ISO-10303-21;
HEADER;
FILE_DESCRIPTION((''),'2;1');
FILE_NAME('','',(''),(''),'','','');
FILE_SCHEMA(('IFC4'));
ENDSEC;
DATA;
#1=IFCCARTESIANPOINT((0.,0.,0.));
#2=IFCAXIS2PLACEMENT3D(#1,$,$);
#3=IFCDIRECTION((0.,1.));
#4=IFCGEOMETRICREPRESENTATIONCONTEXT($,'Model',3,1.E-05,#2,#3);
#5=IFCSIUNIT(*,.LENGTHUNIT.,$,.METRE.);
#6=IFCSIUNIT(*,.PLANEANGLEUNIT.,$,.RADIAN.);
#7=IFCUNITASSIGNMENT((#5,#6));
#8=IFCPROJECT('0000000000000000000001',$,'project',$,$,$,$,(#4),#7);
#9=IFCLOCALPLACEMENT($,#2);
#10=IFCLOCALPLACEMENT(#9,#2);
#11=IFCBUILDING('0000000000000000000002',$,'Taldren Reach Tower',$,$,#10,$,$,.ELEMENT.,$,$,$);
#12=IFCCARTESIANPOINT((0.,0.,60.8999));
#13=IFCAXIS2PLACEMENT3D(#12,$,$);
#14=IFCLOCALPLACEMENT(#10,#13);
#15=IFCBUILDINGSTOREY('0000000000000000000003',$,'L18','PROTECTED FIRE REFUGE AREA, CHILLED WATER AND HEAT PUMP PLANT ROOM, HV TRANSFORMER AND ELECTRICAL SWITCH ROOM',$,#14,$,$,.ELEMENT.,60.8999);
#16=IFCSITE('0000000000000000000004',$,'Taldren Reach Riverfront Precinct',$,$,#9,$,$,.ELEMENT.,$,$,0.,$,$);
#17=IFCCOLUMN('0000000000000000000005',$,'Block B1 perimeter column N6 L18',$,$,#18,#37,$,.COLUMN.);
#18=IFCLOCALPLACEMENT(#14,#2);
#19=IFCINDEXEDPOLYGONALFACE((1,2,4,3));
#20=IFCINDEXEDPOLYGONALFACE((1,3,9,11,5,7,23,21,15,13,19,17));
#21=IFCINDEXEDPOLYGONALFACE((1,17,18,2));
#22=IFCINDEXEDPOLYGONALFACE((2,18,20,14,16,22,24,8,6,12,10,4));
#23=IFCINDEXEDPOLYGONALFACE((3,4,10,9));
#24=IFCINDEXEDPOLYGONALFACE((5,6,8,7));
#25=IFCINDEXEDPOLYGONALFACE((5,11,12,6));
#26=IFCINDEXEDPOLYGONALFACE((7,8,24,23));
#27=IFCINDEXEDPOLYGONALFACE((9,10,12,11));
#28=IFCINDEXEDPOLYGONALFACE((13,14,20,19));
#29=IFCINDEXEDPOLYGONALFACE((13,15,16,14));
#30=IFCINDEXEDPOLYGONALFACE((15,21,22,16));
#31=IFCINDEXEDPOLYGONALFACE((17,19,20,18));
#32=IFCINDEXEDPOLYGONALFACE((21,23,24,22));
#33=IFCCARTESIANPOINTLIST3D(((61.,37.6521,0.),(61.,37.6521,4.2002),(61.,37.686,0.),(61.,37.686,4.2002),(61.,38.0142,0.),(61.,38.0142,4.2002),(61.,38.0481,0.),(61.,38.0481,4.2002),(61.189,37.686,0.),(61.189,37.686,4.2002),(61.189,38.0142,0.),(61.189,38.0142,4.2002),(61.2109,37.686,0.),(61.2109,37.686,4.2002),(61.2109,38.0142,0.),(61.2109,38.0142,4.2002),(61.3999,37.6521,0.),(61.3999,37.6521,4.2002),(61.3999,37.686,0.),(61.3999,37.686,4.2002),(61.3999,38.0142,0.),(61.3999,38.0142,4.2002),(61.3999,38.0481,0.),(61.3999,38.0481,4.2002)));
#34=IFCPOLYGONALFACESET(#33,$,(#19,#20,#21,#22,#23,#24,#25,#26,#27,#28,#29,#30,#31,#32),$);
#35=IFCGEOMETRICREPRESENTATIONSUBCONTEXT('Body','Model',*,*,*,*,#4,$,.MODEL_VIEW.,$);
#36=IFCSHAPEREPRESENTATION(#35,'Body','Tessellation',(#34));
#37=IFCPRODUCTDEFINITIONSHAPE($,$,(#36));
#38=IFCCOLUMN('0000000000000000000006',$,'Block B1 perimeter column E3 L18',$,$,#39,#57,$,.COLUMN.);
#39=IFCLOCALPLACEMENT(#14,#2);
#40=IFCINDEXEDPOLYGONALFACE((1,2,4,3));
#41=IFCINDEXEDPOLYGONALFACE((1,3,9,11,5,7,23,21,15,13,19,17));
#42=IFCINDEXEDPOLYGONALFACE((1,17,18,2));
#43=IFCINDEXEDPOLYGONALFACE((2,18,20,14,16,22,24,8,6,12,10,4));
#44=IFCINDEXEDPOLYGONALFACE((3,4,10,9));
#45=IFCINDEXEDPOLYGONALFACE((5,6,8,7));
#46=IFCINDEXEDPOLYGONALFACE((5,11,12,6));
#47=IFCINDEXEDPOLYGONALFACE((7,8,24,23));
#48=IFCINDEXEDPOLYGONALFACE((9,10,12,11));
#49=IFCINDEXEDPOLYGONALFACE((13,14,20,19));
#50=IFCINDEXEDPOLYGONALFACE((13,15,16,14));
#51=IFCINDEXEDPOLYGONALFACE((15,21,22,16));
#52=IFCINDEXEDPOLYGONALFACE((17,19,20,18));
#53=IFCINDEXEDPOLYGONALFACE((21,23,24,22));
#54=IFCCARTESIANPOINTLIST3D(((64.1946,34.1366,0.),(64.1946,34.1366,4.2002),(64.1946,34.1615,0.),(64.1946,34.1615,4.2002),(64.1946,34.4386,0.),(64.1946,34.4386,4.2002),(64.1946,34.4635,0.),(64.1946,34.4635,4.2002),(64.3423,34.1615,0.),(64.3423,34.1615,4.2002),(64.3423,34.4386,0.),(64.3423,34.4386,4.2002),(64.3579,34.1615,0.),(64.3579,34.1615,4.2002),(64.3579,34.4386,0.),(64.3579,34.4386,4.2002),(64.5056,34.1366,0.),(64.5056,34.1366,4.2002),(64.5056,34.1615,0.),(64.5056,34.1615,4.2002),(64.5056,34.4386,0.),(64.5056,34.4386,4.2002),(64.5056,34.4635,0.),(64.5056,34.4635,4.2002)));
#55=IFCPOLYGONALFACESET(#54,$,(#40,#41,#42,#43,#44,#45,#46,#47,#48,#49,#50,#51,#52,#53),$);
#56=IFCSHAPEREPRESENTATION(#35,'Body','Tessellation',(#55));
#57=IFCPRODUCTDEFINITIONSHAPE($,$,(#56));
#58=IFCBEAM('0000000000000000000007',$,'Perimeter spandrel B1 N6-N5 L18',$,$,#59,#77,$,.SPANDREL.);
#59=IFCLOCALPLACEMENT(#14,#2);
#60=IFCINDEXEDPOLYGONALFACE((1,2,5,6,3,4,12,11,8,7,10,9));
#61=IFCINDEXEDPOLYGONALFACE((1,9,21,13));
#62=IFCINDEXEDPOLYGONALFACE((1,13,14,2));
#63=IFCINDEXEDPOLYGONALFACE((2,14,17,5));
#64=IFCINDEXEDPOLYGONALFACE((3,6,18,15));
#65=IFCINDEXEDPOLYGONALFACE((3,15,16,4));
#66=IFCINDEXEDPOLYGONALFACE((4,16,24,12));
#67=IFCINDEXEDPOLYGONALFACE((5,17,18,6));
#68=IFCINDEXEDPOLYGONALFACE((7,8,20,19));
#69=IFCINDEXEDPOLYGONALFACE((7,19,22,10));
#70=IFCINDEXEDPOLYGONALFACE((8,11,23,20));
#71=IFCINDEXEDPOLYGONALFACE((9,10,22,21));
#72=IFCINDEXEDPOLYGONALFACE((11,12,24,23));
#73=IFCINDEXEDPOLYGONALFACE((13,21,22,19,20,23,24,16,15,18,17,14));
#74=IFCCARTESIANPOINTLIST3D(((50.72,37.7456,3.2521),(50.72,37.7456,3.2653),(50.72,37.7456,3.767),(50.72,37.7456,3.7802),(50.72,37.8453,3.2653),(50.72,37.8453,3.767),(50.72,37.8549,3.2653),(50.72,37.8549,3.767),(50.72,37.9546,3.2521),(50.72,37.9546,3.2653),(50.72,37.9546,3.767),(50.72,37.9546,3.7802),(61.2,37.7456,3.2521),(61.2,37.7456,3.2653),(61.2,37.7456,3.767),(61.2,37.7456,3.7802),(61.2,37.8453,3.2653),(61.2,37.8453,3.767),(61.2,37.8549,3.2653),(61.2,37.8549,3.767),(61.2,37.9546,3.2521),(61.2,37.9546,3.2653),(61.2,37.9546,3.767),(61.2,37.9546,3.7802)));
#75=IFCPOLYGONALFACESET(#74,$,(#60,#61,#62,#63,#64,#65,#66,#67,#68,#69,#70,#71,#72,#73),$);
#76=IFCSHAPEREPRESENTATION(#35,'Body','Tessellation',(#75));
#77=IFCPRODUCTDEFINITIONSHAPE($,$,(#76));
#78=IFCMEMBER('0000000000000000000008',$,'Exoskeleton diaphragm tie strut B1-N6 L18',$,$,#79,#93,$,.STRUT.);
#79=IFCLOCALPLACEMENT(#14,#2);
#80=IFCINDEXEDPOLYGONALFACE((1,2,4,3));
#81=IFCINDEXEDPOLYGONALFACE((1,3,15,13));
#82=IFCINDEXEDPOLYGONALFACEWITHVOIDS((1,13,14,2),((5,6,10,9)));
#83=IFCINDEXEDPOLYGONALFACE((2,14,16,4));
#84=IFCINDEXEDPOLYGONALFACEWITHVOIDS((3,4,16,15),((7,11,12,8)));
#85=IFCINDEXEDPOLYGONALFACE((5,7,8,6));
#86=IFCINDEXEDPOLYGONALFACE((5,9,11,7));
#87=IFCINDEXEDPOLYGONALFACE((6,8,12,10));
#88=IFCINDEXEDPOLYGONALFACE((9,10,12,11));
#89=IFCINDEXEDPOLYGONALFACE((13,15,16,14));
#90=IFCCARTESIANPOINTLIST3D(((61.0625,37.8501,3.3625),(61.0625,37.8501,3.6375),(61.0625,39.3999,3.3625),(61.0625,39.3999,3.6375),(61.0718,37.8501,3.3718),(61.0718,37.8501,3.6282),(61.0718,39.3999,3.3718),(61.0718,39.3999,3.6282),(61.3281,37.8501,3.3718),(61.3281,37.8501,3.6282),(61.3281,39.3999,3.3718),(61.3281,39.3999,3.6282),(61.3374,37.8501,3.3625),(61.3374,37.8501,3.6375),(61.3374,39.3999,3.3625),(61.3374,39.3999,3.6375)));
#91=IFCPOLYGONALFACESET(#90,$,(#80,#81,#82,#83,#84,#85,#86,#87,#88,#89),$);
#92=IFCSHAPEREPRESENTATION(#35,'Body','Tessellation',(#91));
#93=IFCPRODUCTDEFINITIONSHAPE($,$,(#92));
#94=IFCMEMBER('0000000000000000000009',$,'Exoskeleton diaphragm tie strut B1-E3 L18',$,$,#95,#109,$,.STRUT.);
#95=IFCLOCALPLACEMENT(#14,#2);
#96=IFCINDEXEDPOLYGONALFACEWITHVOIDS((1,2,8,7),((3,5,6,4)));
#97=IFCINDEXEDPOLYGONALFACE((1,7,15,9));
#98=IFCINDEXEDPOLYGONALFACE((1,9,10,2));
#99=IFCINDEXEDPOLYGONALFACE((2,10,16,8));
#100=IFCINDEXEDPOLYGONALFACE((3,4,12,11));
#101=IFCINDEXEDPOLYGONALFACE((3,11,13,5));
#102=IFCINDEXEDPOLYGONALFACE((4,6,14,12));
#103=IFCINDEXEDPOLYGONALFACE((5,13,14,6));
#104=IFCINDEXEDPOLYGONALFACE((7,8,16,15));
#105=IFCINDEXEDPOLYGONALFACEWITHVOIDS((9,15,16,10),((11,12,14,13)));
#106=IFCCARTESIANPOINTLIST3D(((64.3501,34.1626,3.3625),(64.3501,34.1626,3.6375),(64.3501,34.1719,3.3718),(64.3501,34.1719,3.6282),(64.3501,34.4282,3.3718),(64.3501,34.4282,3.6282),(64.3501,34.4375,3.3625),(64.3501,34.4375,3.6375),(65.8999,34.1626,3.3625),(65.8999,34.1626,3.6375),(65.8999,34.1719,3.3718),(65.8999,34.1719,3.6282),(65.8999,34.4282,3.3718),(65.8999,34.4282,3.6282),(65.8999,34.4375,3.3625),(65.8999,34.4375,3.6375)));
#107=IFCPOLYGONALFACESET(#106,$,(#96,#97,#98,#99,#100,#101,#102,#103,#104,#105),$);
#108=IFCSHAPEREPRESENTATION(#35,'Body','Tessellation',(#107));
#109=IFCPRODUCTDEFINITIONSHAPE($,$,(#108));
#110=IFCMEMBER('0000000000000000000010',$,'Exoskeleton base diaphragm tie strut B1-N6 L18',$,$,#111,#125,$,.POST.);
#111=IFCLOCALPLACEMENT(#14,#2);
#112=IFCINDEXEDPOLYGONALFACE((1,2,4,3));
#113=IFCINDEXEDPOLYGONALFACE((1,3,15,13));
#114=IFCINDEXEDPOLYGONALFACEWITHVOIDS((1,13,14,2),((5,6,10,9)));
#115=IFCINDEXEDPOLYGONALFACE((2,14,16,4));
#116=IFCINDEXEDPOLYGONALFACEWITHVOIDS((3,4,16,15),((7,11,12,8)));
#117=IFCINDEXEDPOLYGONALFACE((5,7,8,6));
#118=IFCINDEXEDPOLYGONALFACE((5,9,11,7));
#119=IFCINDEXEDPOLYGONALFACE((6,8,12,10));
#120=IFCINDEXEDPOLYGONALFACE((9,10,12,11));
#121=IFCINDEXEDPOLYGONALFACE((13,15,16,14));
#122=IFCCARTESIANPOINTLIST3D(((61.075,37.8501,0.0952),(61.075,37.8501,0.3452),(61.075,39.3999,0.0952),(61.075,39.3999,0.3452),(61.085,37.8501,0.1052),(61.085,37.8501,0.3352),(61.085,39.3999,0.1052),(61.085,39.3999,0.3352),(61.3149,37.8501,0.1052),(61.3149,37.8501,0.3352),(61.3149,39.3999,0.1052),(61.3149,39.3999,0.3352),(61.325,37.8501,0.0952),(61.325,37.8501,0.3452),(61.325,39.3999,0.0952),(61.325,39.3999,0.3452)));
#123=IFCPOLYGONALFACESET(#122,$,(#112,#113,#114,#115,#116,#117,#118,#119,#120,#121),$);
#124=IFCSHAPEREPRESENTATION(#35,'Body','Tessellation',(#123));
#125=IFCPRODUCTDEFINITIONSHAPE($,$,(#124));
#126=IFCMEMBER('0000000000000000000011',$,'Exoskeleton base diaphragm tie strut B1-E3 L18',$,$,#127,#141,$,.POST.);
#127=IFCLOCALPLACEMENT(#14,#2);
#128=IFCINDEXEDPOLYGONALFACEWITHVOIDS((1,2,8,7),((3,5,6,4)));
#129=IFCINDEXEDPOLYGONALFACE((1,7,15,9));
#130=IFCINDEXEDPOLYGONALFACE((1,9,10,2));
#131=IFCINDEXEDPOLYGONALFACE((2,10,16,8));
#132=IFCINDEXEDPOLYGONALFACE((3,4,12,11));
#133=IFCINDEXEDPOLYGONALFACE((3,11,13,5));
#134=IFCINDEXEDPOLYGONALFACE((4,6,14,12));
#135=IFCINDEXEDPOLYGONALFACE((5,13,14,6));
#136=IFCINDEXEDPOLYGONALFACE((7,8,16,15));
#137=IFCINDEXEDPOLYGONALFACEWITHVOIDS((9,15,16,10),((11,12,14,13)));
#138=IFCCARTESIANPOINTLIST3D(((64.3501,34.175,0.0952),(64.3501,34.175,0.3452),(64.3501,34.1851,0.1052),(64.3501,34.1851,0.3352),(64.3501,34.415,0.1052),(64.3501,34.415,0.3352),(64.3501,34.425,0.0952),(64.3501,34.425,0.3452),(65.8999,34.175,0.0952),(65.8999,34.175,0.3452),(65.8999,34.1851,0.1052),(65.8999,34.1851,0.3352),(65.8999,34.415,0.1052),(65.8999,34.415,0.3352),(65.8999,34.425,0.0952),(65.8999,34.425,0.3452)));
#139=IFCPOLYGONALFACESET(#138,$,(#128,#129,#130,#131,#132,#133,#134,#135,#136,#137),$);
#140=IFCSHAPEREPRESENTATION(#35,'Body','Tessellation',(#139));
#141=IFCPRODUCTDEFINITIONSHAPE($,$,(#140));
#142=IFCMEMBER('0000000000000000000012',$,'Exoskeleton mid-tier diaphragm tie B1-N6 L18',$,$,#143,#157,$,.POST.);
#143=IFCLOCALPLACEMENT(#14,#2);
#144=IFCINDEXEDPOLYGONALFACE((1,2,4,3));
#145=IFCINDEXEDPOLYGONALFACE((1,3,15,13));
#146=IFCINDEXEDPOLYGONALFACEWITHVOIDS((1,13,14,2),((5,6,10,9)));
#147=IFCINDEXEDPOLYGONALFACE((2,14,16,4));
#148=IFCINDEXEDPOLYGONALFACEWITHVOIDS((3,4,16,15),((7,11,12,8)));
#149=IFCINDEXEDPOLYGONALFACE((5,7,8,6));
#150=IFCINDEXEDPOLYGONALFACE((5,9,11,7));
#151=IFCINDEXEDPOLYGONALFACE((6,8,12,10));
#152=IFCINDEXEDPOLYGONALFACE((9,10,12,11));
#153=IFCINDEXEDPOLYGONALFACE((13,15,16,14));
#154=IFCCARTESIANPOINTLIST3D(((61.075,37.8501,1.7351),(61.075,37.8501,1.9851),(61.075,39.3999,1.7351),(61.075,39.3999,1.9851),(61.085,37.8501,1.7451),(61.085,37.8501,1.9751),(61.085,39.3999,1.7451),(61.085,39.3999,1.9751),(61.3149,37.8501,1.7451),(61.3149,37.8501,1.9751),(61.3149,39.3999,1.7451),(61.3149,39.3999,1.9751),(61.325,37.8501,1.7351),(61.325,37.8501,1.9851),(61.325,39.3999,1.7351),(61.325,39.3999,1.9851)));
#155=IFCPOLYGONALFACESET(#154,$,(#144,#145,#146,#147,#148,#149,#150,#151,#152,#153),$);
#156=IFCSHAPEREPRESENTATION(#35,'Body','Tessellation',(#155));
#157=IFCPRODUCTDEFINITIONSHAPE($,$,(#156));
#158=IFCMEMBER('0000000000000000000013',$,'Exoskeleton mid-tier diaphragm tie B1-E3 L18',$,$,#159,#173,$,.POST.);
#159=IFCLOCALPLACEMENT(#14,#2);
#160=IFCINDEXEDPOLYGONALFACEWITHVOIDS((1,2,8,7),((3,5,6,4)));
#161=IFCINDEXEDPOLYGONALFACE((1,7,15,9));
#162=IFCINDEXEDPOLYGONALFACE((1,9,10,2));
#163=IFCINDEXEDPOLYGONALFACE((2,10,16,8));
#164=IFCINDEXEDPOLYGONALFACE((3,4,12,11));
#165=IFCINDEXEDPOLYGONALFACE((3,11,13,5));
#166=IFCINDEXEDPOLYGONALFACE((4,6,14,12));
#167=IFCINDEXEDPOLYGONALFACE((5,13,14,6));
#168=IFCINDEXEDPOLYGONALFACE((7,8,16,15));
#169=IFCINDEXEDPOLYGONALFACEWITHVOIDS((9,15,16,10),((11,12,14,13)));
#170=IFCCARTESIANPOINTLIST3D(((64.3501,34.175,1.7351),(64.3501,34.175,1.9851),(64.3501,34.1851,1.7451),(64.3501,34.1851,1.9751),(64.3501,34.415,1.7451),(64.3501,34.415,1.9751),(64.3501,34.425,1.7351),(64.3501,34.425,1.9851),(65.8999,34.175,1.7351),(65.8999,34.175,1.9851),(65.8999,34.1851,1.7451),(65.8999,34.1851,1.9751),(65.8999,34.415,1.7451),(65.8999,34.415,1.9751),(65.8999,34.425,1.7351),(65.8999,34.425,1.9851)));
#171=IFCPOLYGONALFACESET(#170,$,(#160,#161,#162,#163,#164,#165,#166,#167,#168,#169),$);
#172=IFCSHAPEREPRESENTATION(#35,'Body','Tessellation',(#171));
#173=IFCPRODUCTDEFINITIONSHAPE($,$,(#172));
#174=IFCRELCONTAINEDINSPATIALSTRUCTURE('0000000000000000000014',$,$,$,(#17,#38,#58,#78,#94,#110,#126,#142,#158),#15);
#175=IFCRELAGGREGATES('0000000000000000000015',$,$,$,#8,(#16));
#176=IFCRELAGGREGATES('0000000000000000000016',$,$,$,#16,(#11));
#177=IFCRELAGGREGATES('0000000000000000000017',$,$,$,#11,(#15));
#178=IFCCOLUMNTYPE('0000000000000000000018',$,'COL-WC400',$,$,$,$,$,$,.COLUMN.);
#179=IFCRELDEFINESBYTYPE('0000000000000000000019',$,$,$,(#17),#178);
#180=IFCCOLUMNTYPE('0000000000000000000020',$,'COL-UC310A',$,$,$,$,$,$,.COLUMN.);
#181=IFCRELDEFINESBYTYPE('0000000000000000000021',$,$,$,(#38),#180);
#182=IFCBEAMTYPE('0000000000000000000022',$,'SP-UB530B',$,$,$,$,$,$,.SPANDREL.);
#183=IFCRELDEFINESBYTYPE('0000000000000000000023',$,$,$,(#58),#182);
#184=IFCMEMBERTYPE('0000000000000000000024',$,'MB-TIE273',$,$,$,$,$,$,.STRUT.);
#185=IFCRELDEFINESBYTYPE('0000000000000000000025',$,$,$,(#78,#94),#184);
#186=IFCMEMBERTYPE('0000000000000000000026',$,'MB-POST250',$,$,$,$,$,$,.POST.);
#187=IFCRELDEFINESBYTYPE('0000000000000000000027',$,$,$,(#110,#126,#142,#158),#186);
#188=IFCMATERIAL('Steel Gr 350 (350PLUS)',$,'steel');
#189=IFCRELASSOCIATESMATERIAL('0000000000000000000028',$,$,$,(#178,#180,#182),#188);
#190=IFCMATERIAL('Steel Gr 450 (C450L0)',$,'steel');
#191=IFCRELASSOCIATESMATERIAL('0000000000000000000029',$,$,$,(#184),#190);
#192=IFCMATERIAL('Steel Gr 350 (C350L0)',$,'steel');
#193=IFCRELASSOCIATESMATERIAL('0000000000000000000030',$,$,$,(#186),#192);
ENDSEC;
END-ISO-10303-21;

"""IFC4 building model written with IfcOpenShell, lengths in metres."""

from ifc_helpers import new_model, si_unit, direction, frame, origin, origin_2d, place, context, subcontext, project, spatial, hollow_rectangle, i_section, extrude, source, transform, mapped, material, material_profile, profile_set, type_object, element, save


model = new_model("IFC4")

# Units and contexts
model_context = context("Model", 3, precision=1e-05, world=origin(), true_north=direction((0.0, 1.0)))
body_context = subcontext(model_context, "Body", "Model", "MODEL_VIEW")
ifc_project = project(units=[si_unit("LENGTHUNIT", "METRE"), si_unit("PLANEANGLEUNIT", "RADIAN")], contexts=[model_context])

# Site, building, storey
site_placement = place(None, origin())
site = spatial("IfcSite", under=ifc_project, at=site_placement, Name="Taldren Reach Riverfront Precinct", CompositionType="ELEMENT", RefElevation=0.0)
building_placement = place(site_placement, origin())
building = spatial("IfcBuilding", under=site, at=building_placement, Name="Taldren Reach Tower", CompositionType="ELEMENT")
storey_placement = place(building_placement, frame((0.0, 0.0, 60.8999)))
storey = spatial("IfcBuildingStorey", under=building, at=storey_placement, Name="L18", Description="PROTECTED FIRE REFUGE AREA, CHILLED WATER AND HEAT PUMP PLANT ROOM, HV TRANSFORMER AND ELECTRICAL SWITCH ROOM", CompositionType="ELEMENT", Elevation=60.8999)

# Columns
ifc_material_1 = material(Name="Steel Gr 350 (350PLUS)", Category="steel")
ifc_material_profile_1 = material_profile(ifc_material_1, i_section(OverallWidth=0.3999, OverallDepth=0.396, WebThickness=0.022, FlangeThickness=0.0339, at=origin_2d()), Name="400WC270")
ifc_profile_set_1 = profile_set([ifc_material_profile_1], Name="Steel Gr 350 (350PLUS)")
column_type_1 = type_object("IfcColumnType", Name="COL-WC400", PredefinedType="COLUMN", material=ifc_profile_set_1)
shared_shape_1 = source(origin(), body_context, "Body", "SweptSolid", [
    extrude(i_section(OverallWidth=0.3999, OverallDepth=0.396, WebThickness=0.022, FlangeThickness=0.0339, at=origin_2d()), origin(), (0.0, 0.0, 1.0), 4.2002),
])
column_1_placement = place(storey_placement, frame((61.2, 37.8501, 0.0), z_axis=(0.0, 0.0, 1.0), x_axis=(1.0, 0.0, 0.0)))
element("IfcColumn", 1, at=column_1_placement, inside=storey, type_object=column_type_1, Name="Block B1 perimeter column N6 L18", PredefinedType="COLUMN", context=body_context, shape_type="MappedRepresentation", body=[
    mapped(shared_shape_1, transform((0.0, 0.0, 0.0), scale=1.0)),
])
ifc_material_profile_2 = material_profile(ifc_material_1, i_section(OverallWidth=0.311, OverallDepth=0.3269, WebThickness=0.0156, FlangeThickness=0.0249, at=origin_2d()), Name="310UC158")
ifc_profile_set_2 = profile_set([ifc_material_profile_2], Name="Steel Gr 350 (350PLUS)")
column_type_2 = type_object("IfcColumnType", Name="COL-UC310A", PredefinedType="COLUMN", material=ifc_profile_set_2)
shared_shape_2 = source(origin(), body_context, "Body", "SweptSolid", [
    extrude(i_section(OverallWidth=0.311, OverallDepth=0.3269, WebThickness=0.0156, FlangeThickness=0.0249, at=origin_2d()), origin(), (0.0, 0.0, 1.0), 4.2002),
])
column_2_placement = place(storey_placement, frame((64.3501, 34.3, 0.0), z_axis=(0.0, 0.0, 1.0), x_axis=(1.0, 0.0, 0.0)))
element("IfcColumn", 2, at=column_2_placement, inside=storey, type_object=column_type_2, Name="Block B1 perimeter column E3 L18", PredefinedType="COLUMN", context=body_context, shape_type="MappedRepresentation", body=[
    mapped(shared_shape_2, transform((0.0, 0.0, 0.0), scale=1.0)),
])

# Beam
ifc_material_profile_3 = material_profile(ifc_material_1, i_section(OverallWidth=0.209, OverallDepth=0.5281, WebThickness=0.0095, FlangeThickness=0.0132, at=origin_2d()), Name="530UB82.0")
ifc_profile_set_3 = profile_set([ifc_material_profile_3], Name="Steel Gr 350 (350PLUS)")
beam_type_1 = type_object("IfcBeamType", Name="SP-UB530B", PredefinedType="SPANDREL", material=ifc_profile_set_3)
shared_shape_3 = source(origin(), body_context, "Body", "SweptSolid", [
    extrude(i_section(OverallWidth=0.209, OverallDepth=0.5281, WebThickness=0.0095, FlangeThickness=0.0132, at=origin_2d()), origin(), (0.0, 0.0, 1.0), 10.48),
])
beam_1_placement = place(storey_placement, frame((61.2, 37.8501, 3.5161), z_axis=(-1.0, 0.0, 0.0), x_axis=(0.0, -1.0, 0.0)))
element("IfcBeam", 3, at=beam_1_placement, inside=storey, type_object=beam_type_1, Name="Perimeter spandrel B1 N6-N5 L18", PredefinedType="SPANDREL", context=body_context, shape_type="MappedRepresentation", body=[
    mapped(shared_shape_3, transform((0.0, 0.0, 0.0), scale=1.0)),
])

# Members
ifc_material_2 = material(Name="Steel Gr 450 (C450L0)", Category="steel")
ifc_material_profile_4 = material_profile(ifc_material_2, hollow_rectangle(XDim=0.2749, YDim=0.2749, WallThickness=0.0093, at=origin_2d()), Name="275x275x9.3SHS")
ifc_profile_set_4 = profile_set([ifc_material_profile_4], Name="Steel Gr 450 (C450L0)")
member_type_1 = type_object("IfcMemberType", Name="MB-TIE273", PredefinedType="STRUT", material=ifc_profile_set_4)
shared_shape_4 = source(origin(), body_context, "Body", "SweptSolid", [
    extrude(hollow_rectangle(XDim=0.2749, YDim=0.2749, WallThickness=0.0093, at=origin_2d()), origin(), (0.0, 0.0, 1.0), 1.5498),
])
for number, where, z_axis, x_axis, name in (
    (4, (61.2, 37.8501, 3.5), (0.0, 1.0, 0.0), (-1.0, 0.0, 0.0), "Exoskeleton diaphragm tie strut B1-N6 L18"),
    (5, (64.3501, 34.3, 3.5), (1.0, 0.0, 0.0), (0.0, 1.0, 0.0), "Exoskeleton diaphragm tie strut B1-E3 L18"),
):
    element("IfcMember", number, at=place(storey_placement, frame(where, z_axis=z_axis, x_axis=x_axis)), inside=storey, type_object=member_type_1, Name=name, PredefinedType="STRUT", context=body_context, shape_type="MappedRepresentation", body=[
        mapped(shared_shape_4, transform((0.0, 0.0, 0.0), scale=1.0)),
    ])
ifc_material_3 = material(Name="Steel Gr 350 (C350L0)", Category="steel")
ifc_material_profile_5 = material_profile(ifc_material_3, hollow_rectangle(XDim=0.25, YDim=0.25, WallThickness=0.01, at=origin_2d()), Name="250x250x10.0SHS")
ifc_profile_set_5 = profile_set([ifc_material_profile_5], Name="Steel Gr 350 (C350L0)")
member_type_2 = type_object("IfcMemberType", Name="MB-POST250", PredefinedType="POST", material=ifc_profile_set_5)
shared_shape_5 = source(origin(), body_context, "Body", "SweptSolid", [
    extrude(hollow_rectangle(XDim=0.25, YDim=0.25, WallThickness=0.01, at=origin_2d()), origin(), (0.0, 0.0, 1.0), 1.5498),
])
for number, where, z_axis, x_axis, name in (
    (6, (61.2, 37.8501, 0.2202), (0.0, 1.0, 0.0), (-1.0, 0.0, 0.0), "Exoskeleton base diaphragm tie strut B1-N6 L18"),
    (7, (64.3501, 34.3, 0.2202), (1.0, 0.0, 0.0), (0.0, 1.0, 0.0), "Exoskeleton base diaphragm tie strut B1-E3 L18"),
    (8, (61.2, 37.8501, 1.8601), (0.0, 1.0, 0.0), (-1.0, 0.0, 0.0), "Exoskeleton mid-tier diaphragm tie B1-N6 L18"),
    (9, (64.3501, 34.3, 1.8601), (1.0, 0.0, 0.0), (0.0, 1.0, 0.0), "Exoskeleton mid-tier diaphragm tie B1-E3 L18"),
):
    element("IfcMember", number, at=place(storey_placement, frame(where, z_axis=z_axis, x_axis=x_axis)), inside=storey, type_object=member_type_2, Name=name, PredefinedType="POST", context=body_context, shape_type="MappedRepresentation", body=[
        mapped(shared_shape_5, transform((0.0, 0.0, 0.0), scale=1.0)),
    ])

save(model, "model.ifc")
